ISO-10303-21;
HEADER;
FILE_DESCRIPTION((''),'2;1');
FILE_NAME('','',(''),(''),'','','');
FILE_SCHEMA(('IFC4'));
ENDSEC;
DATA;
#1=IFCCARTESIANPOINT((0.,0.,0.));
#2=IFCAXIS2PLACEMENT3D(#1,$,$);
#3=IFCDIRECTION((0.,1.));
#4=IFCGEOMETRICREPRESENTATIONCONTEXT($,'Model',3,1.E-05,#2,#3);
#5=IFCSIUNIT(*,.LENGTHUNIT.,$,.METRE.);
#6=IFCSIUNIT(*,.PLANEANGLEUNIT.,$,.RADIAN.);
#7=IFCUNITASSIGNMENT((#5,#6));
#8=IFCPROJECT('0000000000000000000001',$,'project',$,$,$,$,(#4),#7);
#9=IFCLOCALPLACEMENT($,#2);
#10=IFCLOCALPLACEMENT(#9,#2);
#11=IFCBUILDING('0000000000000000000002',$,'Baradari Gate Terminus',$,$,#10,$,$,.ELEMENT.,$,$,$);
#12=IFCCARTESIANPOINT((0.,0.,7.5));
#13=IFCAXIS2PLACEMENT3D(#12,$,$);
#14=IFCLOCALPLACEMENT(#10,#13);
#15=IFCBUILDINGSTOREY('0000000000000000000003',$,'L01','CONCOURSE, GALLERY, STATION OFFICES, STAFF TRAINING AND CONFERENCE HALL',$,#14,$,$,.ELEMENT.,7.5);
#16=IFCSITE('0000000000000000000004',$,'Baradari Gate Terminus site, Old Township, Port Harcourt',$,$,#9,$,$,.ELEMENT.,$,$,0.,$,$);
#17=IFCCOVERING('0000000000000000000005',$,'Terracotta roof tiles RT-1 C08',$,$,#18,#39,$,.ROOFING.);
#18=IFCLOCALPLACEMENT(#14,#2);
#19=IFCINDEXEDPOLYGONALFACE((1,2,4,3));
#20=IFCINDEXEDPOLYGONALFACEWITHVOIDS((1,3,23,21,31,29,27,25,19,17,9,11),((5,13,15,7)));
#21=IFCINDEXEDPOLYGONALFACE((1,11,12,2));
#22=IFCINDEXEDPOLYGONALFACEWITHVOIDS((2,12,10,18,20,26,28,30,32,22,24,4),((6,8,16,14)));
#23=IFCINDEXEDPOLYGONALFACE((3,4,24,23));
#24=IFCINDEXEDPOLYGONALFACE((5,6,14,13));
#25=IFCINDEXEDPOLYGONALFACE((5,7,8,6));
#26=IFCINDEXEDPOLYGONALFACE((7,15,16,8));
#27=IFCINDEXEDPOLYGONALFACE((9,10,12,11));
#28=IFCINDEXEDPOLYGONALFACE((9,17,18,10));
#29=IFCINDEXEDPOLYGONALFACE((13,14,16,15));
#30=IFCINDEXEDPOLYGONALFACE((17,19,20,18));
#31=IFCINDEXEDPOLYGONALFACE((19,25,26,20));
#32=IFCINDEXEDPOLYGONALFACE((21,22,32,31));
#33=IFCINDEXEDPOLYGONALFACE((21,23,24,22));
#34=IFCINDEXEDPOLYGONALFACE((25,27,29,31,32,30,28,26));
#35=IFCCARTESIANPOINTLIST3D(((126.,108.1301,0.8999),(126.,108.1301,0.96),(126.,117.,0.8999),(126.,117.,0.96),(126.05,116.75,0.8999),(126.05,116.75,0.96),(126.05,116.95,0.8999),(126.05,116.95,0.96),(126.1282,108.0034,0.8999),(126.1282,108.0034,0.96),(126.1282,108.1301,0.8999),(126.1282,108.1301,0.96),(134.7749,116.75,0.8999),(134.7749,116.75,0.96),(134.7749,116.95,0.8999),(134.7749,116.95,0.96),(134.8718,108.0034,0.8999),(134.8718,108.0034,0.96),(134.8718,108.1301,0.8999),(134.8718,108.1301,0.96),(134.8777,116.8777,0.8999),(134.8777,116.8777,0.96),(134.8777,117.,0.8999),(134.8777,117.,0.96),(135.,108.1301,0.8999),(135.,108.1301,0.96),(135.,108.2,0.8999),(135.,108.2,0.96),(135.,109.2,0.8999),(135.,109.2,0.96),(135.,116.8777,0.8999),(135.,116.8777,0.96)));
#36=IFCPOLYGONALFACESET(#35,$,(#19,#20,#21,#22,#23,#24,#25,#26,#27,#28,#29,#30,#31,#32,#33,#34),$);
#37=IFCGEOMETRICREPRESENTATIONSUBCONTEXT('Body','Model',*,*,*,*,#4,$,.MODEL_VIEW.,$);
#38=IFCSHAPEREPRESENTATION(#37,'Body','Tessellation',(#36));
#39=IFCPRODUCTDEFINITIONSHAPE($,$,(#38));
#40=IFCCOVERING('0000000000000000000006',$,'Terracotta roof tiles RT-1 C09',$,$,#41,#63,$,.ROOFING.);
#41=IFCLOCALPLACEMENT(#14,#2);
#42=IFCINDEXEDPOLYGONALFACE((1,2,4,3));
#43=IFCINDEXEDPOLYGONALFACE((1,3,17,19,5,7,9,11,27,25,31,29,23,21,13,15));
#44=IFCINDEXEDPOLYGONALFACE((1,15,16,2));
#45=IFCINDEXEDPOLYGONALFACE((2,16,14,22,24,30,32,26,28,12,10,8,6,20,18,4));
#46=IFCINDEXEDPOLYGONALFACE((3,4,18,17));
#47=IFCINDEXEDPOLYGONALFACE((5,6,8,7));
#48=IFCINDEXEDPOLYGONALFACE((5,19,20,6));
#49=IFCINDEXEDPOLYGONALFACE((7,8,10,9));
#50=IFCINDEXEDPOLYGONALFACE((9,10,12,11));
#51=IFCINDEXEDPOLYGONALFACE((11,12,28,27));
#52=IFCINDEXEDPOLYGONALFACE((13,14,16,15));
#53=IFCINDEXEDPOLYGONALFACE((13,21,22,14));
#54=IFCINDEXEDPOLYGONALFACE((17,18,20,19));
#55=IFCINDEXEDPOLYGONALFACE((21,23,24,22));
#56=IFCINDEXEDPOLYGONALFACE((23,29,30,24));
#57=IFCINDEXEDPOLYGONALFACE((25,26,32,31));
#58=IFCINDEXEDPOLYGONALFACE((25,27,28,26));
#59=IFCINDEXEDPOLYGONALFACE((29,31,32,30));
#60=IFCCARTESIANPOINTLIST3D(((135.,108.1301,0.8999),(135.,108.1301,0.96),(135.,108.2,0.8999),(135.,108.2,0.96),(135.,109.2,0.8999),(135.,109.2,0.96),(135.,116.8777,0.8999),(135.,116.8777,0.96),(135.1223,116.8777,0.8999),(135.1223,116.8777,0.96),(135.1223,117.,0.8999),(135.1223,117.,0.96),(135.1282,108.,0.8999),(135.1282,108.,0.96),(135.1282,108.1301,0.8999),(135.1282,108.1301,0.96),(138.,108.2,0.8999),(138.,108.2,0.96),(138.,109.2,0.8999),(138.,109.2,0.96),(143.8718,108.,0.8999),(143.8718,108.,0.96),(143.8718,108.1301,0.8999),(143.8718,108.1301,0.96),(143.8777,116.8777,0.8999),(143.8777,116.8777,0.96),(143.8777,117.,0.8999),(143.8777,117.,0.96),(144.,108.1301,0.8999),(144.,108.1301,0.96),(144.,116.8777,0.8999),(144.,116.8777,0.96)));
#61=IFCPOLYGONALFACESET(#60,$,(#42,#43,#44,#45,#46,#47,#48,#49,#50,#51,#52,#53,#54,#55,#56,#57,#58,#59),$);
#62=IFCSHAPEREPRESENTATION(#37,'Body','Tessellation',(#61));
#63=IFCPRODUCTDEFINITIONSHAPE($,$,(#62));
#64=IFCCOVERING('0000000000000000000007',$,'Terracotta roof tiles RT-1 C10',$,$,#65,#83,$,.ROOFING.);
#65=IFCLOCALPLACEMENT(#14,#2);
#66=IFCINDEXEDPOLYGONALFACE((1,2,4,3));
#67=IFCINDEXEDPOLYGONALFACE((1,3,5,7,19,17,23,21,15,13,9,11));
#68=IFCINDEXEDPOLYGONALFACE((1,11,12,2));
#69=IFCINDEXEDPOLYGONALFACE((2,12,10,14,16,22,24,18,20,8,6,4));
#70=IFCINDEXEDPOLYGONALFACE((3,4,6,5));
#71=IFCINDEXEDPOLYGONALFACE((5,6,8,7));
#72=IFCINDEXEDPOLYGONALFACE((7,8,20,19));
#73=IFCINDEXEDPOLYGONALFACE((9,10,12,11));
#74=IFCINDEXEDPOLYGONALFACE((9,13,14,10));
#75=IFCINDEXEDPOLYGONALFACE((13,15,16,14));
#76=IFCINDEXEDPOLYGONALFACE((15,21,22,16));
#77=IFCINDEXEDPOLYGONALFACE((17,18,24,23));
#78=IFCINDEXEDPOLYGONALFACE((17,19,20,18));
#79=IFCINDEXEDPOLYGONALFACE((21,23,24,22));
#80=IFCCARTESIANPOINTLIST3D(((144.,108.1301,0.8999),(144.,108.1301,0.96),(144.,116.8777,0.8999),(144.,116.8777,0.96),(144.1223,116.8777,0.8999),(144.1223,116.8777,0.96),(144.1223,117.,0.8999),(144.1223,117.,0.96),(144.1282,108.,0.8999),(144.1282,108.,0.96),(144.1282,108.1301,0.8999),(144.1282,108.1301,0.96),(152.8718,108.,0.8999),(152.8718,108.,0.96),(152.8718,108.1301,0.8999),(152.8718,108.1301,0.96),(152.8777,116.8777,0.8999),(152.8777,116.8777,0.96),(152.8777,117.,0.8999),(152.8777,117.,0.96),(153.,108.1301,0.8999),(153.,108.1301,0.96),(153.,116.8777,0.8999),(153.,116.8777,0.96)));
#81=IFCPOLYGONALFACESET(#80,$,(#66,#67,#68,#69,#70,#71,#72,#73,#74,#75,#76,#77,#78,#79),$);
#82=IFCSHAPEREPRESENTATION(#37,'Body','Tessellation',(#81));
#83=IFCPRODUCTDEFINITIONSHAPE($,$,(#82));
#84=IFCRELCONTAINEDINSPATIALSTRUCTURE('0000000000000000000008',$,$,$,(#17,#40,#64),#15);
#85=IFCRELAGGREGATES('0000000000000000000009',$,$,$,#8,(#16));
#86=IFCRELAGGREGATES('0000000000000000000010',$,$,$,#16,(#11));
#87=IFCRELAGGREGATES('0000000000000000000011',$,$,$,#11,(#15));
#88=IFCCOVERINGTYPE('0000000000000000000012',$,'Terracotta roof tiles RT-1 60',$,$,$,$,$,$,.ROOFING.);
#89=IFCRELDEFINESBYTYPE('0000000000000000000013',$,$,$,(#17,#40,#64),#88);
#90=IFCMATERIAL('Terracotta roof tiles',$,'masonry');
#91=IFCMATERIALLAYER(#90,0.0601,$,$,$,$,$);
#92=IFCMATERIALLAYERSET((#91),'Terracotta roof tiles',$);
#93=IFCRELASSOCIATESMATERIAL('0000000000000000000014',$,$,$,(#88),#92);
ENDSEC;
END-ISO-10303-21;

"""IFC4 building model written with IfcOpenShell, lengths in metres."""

from ifc_helpers import new_model, si_unit, direction, frame, origin, place, context, subcontext, project, spatial, polyline, outline, extrude, material, layer, layer_set, type_object, element, save


model = new_model("IFC4")

# Units and contexts
model_context = context("Model", 3, precision=1e-05, world=origin(), true_north=direction((0.0, 1.0)))
body_context = subcontext(model_context, "Body", "Model", "MODEL_VIEW")
ifc_project = project(units=[si_unit("LENGTHUNIT", "METRE"), si_unit("PLANEANGLEUNIT", "RADIAN")], contexts=[model_context])

# Site, building, storey
site_placement = place(None, origin())
site = spatial("IfcSite", under=ifc_project, at=site_placement, Name="Baradari Gate Terminus site, Old Township, Port Harcourt", CompositionType="ELEMENT", RefElevation=0.0)
building_placement = place(site_placement, origin())
building = spatial("IfcBuilding", under=site, at=building_placement, Name="Baradari Gate Terminus", CompositionType="ELEMENT")
storey_placement = place(building_placement, frame((0.0, 0.0, 7.5)))
storey = spatial("IfcBuildingStorey", under=building, at=storey_placement, Name="L01", Description="CONCOURSE, GALLERY, STATION OFFICES, STAFF TRAINING AND CONFERENCE HALL", CompositionType="ELEMENT", Elevation=7.5)

# Coverings
ifc_material_1 = material(Name="Terracotta roof tiles", Category="masonry")
ifc_layer_1 = layer(ifc_material_1, 0.0601)
ifc_layer_set_1 = layer_set([ifc_layer_1], Name="Terracotta roof tiles")
covering_type_1 = type_object("IfcCoveringType", Name="Terracotta roof tiles RT-1 60", PredefinedType="ROOFING", material=ifc_layer_set_1)
covering_1_placement = place(storey_placement, frame((0.0, 0.0, 0.8999)))
element("IfcCovering", 1, at=covering_1_placement, inside=storey, type_object=covering_type_1, Name="Terracotta roof tiles RT-1 C08", PredefinedType="ROOFING", context=body_context, shape_type="SweptSolid", body=[
    extrude(outline(polyline([(135.0, 108.1301), (134.8718, 108.1301), (134.8718, 108.0034), (126.1282, 108.0034), (126.1282, 108.1301), (126.0, 108.1301), (126.0, 117.0), (134.8777, 117.0), (134.8777, 116.8777), (135.0, 116.8777), (135.0, 109.2), (135.0, 108.2), (135.0, 108.1301)]), holes=[polyline([(134.7749, 116.95), (126.05, 116.95), (126.05, 116.75), (134.7749, 116.75), (134.7749, 116.95)])]), origin(), (0.0, 0.0, 1.0), 0.0601),
])
covering_2_placement = place(storey_placement, frame((0.0, 0.0, 0.8999)))
element("IfcCovering", 2, at=covering_2_placement, inside=storey, type_object=covering_type_1, Name="Terracotta roof tiles RT-1 C09", PredefinedType="ROOFING", context=body_context, shape_type="SweptSolid", body=[
    extrude(outline(polyline([(144.0, 108.1301), (143.8718, 108.1301), (143.8718, 108.0), (135.1282, 108.0), (135.1282, 108.1301), (135.0, 108.1301), (135.0, 108.2), (138.0, 108.2), (138.0, 109.2), (135.0, 109.2), (135.0, 116.8777), (135.1223, 116.8777), (135.1223, 117.0), (143.8777, 117.0), (143.8777, 116.8777), (144.0, 116.8777), (144.0, 108.1301)])), origin(), (0.0, 0.0, 1.0), 0.0601),
])
covering_3_placement = place(storey_placement, frame((0.0, 0.0, 0.8999)))
element("IfcCovering", 3, at=covering_3_placement, inside=storey, type_object=covering_type_1, Name="Terracotta roof tiles RT-1 C10", PredefinedType="ROOFING", context=body_context, shape_type="SweptSolid", body=[
    extrude(outline(polyline([(153.0, 108.1301), (152.8718, 108.1301), (152.8718, 108.0), (144.1282, 108.0), (144.1282, 108.1301), (144.0, 108.1301), (144.0, 116.8777), (144.1223, 116.8777), (144.1223, 117.0), (152.8777, 117.0), (152.8777, 116.8777), (153.0, 116.8777), (153.0, 108.1301)])), origin(), (0.0, 0.0, 1.0), 0.0601),
])

save(model, "model.ifc")
